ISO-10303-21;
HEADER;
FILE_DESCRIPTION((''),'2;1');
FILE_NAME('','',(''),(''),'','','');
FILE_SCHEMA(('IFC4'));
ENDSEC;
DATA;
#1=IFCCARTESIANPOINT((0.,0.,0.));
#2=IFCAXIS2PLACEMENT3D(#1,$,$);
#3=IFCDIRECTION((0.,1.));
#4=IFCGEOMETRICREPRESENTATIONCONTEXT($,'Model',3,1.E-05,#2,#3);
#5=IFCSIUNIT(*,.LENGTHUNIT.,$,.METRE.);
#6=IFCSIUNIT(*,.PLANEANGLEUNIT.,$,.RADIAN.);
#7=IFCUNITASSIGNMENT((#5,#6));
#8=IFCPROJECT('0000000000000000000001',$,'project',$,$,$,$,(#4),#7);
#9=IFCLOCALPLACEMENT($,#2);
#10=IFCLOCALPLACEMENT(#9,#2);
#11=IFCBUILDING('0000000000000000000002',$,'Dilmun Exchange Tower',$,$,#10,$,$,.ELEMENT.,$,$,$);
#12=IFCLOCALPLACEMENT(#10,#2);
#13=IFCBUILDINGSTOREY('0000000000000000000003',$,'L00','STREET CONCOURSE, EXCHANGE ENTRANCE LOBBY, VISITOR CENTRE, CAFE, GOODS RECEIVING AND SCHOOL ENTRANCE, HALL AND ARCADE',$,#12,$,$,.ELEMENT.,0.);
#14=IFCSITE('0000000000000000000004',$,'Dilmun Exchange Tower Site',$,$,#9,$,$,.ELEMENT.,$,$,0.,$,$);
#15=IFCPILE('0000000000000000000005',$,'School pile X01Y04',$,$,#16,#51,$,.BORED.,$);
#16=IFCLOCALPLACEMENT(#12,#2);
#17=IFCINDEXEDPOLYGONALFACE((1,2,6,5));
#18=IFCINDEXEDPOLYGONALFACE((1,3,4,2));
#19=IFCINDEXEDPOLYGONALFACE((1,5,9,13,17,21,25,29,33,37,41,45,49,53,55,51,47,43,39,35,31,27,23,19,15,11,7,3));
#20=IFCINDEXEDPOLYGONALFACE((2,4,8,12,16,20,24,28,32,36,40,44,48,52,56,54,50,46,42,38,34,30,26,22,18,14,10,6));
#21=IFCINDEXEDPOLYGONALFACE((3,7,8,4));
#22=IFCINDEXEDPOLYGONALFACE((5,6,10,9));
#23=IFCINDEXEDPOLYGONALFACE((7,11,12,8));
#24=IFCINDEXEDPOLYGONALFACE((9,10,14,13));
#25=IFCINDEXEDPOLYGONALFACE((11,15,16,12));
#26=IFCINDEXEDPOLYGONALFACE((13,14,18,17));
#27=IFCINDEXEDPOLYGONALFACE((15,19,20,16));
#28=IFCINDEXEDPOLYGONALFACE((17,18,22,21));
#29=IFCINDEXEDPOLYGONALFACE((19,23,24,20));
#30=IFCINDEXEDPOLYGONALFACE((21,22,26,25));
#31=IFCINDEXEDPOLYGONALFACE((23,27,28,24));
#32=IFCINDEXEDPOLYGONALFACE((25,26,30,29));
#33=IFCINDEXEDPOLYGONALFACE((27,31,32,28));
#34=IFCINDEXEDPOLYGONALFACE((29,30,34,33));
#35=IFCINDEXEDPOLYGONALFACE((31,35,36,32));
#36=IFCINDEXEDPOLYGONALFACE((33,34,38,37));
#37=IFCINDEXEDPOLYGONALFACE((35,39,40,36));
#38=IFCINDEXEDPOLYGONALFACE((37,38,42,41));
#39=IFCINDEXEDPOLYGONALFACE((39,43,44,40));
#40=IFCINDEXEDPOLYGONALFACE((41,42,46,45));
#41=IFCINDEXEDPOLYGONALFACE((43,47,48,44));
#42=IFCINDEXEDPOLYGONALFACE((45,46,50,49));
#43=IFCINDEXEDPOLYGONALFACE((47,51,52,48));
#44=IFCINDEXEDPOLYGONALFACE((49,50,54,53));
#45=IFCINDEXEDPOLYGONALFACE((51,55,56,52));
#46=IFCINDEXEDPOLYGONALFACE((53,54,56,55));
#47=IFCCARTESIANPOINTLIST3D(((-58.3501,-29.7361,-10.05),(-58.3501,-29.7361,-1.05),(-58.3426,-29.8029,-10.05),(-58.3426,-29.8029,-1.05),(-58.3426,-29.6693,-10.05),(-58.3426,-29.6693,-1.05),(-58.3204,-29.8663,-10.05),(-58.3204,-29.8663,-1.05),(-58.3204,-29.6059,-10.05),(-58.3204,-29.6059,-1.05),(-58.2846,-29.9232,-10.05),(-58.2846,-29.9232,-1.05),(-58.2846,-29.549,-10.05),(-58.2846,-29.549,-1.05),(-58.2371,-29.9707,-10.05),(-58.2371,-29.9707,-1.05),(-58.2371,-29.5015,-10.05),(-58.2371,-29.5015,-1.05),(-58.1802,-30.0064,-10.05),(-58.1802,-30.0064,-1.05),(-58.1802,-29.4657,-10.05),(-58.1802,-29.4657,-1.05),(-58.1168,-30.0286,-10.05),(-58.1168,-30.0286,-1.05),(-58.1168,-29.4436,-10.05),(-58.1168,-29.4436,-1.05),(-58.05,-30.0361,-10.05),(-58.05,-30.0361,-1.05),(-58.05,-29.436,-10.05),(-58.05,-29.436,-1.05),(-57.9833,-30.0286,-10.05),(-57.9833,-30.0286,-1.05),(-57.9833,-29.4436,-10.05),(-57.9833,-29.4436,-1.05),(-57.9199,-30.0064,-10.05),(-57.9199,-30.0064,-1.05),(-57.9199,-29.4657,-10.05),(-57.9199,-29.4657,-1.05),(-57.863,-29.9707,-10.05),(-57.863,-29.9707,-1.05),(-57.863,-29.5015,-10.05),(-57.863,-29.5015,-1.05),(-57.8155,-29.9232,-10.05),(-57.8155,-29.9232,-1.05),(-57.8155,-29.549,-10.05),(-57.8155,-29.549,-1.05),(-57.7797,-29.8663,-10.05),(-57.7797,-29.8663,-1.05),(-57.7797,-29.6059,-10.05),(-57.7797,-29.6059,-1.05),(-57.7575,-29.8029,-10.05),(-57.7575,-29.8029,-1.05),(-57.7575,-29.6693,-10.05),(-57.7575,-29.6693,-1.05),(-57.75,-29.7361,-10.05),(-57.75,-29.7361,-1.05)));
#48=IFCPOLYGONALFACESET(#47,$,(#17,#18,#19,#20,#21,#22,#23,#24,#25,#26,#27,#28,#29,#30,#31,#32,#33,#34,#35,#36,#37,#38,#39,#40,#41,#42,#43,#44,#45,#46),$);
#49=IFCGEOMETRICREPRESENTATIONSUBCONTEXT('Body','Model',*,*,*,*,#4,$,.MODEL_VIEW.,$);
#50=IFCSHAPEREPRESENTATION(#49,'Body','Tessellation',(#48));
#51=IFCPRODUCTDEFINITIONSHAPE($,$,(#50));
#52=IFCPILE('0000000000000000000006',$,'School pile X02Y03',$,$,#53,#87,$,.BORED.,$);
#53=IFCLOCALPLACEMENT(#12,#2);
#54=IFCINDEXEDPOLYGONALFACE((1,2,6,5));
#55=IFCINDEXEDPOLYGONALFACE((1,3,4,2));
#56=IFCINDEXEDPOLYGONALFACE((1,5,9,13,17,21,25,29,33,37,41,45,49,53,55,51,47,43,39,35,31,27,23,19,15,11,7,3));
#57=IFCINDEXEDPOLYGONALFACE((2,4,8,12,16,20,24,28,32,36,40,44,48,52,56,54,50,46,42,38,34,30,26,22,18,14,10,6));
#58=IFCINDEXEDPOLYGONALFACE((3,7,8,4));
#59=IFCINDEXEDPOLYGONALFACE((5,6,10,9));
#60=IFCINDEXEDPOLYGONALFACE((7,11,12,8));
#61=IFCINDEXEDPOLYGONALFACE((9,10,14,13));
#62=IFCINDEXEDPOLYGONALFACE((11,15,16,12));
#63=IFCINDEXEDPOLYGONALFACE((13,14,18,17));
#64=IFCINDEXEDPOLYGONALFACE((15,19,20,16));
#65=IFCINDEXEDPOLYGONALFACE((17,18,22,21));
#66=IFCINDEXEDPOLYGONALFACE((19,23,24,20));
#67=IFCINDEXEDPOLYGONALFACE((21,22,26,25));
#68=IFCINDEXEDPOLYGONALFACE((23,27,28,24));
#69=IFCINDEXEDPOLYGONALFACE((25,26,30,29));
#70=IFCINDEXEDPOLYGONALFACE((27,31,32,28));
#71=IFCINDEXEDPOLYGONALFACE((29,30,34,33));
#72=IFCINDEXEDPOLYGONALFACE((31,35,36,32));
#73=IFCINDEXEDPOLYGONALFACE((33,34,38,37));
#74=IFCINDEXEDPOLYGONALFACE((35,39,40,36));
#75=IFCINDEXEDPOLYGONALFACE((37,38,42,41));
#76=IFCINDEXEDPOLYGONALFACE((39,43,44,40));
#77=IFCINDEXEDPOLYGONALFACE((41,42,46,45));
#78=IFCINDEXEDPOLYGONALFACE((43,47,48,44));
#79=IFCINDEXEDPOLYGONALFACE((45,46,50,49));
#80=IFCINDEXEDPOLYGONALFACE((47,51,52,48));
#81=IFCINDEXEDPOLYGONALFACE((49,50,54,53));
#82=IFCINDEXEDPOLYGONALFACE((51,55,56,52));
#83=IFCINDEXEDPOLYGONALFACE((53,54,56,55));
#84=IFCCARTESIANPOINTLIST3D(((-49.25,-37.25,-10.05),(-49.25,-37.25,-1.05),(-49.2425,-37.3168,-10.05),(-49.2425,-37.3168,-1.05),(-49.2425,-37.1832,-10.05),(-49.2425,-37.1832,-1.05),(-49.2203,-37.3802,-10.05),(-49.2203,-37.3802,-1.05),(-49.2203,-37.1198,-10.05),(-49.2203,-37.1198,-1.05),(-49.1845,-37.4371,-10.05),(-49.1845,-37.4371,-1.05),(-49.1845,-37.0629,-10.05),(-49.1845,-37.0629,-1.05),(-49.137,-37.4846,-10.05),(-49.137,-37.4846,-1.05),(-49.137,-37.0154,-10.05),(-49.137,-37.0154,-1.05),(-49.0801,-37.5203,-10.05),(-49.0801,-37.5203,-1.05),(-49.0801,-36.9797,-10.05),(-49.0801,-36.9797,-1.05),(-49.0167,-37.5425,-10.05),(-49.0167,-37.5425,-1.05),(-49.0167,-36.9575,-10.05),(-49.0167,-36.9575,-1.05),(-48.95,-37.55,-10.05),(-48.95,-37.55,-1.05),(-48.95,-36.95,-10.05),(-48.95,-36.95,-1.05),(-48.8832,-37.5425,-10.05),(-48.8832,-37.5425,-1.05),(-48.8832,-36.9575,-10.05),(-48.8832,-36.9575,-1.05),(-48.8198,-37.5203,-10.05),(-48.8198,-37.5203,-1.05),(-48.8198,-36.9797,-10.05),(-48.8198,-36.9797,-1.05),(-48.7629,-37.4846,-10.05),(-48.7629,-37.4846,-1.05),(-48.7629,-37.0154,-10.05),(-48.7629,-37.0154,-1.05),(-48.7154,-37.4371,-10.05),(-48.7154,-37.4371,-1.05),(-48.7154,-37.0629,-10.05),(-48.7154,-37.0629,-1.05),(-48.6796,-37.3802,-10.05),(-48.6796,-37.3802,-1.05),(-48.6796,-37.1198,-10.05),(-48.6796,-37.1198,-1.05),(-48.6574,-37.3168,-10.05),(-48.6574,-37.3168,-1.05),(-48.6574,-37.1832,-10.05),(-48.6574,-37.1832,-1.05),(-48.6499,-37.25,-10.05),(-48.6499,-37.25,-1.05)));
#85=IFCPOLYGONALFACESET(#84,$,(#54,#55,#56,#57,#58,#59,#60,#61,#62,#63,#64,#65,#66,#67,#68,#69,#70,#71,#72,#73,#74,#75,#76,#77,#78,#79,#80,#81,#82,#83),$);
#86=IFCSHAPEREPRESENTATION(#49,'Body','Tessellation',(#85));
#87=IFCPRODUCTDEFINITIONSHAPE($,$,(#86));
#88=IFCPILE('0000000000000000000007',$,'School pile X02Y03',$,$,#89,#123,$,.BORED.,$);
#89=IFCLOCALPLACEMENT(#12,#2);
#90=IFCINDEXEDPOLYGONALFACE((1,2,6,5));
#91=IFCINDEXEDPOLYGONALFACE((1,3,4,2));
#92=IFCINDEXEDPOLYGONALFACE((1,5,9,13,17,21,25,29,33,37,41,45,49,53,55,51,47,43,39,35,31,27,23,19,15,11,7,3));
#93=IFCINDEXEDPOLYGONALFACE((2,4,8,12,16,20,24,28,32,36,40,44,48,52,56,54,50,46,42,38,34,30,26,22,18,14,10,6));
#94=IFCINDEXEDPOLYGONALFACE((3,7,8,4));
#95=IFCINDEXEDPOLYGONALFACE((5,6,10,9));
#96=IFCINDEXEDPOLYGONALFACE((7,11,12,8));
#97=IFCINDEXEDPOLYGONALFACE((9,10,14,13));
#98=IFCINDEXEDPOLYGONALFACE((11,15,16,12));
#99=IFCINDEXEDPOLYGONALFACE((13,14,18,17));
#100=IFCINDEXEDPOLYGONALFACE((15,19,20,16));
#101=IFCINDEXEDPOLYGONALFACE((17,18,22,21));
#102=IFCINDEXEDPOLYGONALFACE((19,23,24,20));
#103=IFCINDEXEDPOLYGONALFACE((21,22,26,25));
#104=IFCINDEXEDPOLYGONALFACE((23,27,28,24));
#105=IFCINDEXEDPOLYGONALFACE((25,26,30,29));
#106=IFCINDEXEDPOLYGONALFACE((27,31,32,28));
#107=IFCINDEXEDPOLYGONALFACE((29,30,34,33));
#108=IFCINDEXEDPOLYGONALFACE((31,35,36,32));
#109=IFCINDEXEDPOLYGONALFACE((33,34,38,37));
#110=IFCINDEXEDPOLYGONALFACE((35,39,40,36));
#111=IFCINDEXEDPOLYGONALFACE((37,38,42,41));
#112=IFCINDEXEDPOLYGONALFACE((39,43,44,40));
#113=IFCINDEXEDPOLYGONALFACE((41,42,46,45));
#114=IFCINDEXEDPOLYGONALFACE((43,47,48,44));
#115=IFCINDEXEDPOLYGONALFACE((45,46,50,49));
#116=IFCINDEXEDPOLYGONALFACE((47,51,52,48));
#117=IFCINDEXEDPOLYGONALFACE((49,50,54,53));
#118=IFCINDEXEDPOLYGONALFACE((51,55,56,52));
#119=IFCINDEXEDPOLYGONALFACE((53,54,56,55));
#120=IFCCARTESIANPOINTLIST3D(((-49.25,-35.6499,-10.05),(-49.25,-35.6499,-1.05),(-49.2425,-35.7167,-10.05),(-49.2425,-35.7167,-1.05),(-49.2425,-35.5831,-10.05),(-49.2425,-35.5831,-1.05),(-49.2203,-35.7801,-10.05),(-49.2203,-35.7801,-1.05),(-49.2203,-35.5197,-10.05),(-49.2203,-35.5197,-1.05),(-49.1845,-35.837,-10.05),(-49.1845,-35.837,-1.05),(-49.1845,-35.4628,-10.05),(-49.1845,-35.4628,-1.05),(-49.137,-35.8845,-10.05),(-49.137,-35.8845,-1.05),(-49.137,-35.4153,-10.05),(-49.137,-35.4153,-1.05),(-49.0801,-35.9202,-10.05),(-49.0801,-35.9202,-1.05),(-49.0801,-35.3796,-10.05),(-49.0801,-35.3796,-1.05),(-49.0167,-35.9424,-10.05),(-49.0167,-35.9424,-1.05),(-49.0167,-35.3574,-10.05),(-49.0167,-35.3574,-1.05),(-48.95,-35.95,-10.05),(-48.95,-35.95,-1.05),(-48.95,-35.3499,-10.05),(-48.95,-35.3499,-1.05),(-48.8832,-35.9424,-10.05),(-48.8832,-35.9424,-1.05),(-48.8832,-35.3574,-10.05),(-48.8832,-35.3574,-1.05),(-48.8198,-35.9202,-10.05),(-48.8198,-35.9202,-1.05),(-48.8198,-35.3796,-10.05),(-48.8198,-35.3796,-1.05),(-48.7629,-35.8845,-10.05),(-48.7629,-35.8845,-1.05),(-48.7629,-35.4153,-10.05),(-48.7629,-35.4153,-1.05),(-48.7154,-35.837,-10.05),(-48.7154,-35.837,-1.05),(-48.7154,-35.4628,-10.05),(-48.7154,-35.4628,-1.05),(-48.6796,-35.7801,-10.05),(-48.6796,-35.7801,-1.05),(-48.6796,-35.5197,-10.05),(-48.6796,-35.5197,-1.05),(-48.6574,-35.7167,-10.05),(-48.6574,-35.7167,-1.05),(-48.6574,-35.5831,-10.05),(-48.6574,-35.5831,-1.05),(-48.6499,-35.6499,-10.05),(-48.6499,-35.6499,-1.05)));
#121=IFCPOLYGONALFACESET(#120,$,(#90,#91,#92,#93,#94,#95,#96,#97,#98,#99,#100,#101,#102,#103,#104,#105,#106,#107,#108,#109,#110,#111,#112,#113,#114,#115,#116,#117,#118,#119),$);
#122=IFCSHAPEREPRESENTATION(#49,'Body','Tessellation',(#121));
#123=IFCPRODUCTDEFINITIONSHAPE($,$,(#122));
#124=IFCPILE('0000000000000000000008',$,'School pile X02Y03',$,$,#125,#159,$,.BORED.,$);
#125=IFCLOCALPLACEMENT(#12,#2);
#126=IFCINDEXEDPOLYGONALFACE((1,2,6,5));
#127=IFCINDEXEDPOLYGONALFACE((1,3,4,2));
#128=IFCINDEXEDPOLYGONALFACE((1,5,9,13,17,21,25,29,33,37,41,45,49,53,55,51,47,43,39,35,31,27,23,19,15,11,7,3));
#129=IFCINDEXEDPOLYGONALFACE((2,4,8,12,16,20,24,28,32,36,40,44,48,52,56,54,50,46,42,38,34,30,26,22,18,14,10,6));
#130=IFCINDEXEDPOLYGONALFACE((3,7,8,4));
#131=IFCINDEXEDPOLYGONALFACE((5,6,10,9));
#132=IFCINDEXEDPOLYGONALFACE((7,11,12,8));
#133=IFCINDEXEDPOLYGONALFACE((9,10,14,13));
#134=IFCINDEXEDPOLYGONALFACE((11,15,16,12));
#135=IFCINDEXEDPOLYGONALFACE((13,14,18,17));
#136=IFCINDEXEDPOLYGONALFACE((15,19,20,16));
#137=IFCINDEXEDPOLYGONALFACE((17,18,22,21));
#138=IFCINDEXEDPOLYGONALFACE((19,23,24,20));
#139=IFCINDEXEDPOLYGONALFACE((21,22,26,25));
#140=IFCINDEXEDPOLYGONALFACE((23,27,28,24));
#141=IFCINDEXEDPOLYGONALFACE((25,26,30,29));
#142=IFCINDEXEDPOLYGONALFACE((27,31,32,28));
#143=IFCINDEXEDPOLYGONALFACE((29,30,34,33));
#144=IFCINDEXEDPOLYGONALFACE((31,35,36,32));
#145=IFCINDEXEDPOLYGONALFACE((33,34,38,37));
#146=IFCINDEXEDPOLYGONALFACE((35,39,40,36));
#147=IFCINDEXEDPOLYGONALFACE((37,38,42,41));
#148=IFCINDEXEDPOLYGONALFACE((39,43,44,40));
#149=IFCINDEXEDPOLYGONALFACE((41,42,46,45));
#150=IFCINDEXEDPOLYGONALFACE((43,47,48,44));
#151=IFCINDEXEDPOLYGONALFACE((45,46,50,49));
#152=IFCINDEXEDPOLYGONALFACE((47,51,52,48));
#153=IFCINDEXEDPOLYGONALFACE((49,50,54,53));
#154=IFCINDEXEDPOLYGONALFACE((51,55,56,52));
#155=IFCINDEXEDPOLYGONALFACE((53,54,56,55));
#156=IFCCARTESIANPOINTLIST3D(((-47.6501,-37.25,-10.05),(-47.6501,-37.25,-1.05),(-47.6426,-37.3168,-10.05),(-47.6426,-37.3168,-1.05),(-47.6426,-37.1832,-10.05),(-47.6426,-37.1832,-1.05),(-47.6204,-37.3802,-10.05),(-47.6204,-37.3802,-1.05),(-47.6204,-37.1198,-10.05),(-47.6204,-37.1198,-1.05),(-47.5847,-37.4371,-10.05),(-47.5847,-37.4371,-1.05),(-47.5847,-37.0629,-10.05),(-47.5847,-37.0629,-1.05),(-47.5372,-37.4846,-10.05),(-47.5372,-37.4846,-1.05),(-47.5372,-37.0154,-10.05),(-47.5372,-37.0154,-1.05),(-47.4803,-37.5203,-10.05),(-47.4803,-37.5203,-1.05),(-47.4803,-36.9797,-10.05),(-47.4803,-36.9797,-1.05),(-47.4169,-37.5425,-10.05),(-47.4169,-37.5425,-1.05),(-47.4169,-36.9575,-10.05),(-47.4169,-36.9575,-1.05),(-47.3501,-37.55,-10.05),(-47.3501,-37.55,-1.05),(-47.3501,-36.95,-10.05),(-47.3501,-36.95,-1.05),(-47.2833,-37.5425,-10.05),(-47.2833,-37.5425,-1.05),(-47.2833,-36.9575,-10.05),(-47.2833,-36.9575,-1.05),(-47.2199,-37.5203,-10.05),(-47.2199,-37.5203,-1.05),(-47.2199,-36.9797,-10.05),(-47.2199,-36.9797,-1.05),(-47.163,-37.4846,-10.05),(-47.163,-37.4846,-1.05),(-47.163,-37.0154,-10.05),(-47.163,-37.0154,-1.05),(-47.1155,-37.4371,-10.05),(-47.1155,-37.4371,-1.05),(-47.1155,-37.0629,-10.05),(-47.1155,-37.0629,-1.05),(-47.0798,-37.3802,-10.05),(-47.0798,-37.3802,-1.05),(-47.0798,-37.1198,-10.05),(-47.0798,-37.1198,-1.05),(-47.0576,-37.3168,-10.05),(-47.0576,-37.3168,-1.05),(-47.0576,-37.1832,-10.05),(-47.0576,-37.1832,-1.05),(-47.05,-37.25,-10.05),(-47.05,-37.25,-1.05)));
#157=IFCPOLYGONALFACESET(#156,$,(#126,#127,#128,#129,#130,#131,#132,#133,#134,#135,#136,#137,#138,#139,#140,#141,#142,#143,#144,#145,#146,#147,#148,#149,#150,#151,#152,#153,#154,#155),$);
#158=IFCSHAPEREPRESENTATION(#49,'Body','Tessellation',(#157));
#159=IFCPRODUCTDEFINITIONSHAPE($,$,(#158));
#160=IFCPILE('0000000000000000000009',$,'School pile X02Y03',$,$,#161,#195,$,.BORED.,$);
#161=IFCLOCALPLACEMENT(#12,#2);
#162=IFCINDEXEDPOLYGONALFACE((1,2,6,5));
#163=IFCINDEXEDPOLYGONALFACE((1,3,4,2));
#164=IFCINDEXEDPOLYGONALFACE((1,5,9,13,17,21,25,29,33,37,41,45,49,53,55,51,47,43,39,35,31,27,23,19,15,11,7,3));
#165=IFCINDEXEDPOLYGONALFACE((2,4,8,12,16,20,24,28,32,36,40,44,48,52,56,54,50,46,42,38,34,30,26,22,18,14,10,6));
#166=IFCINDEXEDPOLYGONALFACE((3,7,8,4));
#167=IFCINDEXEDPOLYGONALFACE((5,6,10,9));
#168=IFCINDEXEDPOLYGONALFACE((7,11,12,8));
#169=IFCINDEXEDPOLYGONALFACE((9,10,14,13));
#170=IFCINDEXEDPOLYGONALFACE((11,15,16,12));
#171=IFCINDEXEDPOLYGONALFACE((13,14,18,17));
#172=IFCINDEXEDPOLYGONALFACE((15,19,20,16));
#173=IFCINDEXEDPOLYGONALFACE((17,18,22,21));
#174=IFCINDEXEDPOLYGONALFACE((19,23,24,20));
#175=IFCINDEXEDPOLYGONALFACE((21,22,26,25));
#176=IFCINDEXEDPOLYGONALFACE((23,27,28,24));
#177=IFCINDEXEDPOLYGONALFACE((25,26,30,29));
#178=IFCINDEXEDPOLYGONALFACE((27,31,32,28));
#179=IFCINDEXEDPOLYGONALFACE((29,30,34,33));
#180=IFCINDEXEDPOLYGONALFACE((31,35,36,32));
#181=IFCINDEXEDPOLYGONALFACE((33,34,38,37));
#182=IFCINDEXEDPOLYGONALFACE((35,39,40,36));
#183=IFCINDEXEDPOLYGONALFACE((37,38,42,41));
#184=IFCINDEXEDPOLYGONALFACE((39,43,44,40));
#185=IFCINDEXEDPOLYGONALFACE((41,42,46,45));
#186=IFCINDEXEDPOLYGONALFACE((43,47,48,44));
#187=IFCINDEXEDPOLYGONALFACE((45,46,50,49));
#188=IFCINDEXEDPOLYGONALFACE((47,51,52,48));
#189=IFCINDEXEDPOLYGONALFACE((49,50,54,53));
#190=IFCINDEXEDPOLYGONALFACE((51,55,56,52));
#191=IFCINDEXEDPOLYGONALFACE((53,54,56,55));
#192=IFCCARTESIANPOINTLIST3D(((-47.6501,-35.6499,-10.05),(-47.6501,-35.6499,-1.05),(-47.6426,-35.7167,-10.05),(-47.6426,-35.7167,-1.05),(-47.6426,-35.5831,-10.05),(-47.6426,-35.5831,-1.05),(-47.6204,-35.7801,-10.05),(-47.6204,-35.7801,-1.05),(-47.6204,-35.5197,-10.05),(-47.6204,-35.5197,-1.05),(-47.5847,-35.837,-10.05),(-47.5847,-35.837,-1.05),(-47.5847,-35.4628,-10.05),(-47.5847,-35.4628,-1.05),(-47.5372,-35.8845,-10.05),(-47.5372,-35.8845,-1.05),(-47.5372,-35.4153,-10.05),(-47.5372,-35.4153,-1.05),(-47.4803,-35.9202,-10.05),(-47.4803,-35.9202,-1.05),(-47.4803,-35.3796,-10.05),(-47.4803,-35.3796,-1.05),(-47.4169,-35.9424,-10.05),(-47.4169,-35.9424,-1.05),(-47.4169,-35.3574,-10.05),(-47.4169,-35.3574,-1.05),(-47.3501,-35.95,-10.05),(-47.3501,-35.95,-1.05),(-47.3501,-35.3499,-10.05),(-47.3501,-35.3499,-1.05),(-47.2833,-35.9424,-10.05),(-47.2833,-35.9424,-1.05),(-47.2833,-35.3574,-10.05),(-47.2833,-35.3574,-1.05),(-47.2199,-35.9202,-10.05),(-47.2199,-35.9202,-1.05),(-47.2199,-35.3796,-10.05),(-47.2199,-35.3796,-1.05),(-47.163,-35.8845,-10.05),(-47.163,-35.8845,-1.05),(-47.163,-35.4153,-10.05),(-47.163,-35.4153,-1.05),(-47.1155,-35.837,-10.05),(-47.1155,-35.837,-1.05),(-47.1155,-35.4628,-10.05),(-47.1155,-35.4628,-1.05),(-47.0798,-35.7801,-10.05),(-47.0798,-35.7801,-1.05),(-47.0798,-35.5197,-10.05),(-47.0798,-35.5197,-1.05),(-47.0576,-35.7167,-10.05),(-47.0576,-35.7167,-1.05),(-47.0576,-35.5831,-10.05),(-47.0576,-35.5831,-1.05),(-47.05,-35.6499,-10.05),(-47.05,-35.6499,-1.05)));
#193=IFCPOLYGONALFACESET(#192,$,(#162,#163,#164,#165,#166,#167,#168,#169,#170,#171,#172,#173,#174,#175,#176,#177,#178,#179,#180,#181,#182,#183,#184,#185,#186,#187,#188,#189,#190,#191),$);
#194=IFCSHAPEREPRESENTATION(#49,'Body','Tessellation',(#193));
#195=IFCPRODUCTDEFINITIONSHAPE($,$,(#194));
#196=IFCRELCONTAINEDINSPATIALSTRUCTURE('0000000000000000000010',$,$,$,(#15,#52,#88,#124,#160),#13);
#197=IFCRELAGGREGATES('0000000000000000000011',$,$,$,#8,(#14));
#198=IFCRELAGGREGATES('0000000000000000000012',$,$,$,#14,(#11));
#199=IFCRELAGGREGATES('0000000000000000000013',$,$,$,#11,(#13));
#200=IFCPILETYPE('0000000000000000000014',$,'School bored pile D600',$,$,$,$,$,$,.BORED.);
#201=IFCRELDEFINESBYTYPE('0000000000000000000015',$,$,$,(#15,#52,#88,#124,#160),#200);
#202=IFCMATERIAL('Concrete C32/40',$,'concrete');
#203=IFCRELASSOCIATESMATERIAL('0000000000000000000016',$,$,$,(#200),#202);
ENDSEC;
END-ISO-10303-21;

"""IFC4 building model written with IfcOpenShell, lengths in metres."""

from ifc_helpers import new_model, si_unit, direction, frame, origin, origin_2d, place, context, subcontext, project, spatial, circle, extrude, material, material_profile, profile_set, type_object, element, save


model = new_model("IFC4")

# Units and contexts
model_context = context("Model", 3, precision=1e-05, world=origin(), true_north=direction((0.0, 1.0)))
body_context = subcontext(model_context, "Body", "Model", "MODEL_VIEW")
ifc_project = project(units=[si_unit("LENGTHUNIT", "METRE"), si_unit("PLANEANGLEUNIT", "RADIAN")], contexts=[model_context])

# Site, building, storey
site_placement = place(None, origin())
site = spatial("IfcSite", under=ifc_project, at=site_placement, Name="Dilmun Exchange Tower Site", CompositionType="ELEMENT", RefElevation=0.0)
building_placement = place(site_placement, origin())
building = spatial("IfcBuilding", under=site, at=building_placement, Name="Dilmun Exchange Tower", CompositionType="ELEMENT")
storey_placement = place(building_placement, origin())
storey = spatial("IfcBuildingStorey", under=building, at=storey_placement, Name="L00", Description="STREET CONCOURSE, EXCHANGE ENTRANCE LOBBY, VISITOR CENTRE, CAFE, GOODS RECEIVING AND SCHOOL ENTRANCE, HALL AND ARCADE", CompositionType="ELEMENT", Elevation=0.0)

# Piles
ifc_material_1 = material(Name="Concrete C32/40", Category="concrete")
ifc_material_profile_1 = material_profile(ifc_material_1, circle(Radius=0.3, at=origin_2d()), Name="D600")
ifc_profile_set_1 = profile_set([ifc_material_profile_1], Name="Concrete C32/40")
pile_type = type_object("IfcPileType", Name="School bored pile D600", PredefinedType="BORED", material=ifc_profile_set_1)
for number, where, z_axis, x_axis, name in (
    (1, (-58.05, -29.7361, -1.05), (0.0, 0.0, -1.0), (1.0, 0.0, 0.0), "School pile X01Y04"),
    (2, (-48.95, -37.25, -1.05), (0.0, 0.0, -1.0), (1.0, 0.0, 0.0), "School pile X02Y03"),
    (3, (-48.95, -35.6499, -1.05), (0.0, 0.0, -1.0), (1.0, 0.0, 0.0), "School pile X02Y03"),
    (4, (-47.3501, -37.25, -1.05), (0.0, 0.0, -1.0), (1.0, 0.0, 0.0), "School pile X02Y03"),
    (5, (-47.3501, -35.6499, -1.05), (0.0, 0.0, -1.0), (1.0, 0.0, 0.0), "School pile X02Y03"),
):
    element("IfcPile", number, at=place(storey_placement, frame(where, z_axis=z_axis, x_axis=x_axis)), inside=storey, type_object=pile_type, Name=name, PredefinedType="BORED", context=body_context, shape_type="SweptSolid", body=[
        extrude(circle(Radius=0.3, at=origin_2d()), origin(), (0.0, 0.0, 1.0), 9.0),
    ])

save(model, "model.ifc")
